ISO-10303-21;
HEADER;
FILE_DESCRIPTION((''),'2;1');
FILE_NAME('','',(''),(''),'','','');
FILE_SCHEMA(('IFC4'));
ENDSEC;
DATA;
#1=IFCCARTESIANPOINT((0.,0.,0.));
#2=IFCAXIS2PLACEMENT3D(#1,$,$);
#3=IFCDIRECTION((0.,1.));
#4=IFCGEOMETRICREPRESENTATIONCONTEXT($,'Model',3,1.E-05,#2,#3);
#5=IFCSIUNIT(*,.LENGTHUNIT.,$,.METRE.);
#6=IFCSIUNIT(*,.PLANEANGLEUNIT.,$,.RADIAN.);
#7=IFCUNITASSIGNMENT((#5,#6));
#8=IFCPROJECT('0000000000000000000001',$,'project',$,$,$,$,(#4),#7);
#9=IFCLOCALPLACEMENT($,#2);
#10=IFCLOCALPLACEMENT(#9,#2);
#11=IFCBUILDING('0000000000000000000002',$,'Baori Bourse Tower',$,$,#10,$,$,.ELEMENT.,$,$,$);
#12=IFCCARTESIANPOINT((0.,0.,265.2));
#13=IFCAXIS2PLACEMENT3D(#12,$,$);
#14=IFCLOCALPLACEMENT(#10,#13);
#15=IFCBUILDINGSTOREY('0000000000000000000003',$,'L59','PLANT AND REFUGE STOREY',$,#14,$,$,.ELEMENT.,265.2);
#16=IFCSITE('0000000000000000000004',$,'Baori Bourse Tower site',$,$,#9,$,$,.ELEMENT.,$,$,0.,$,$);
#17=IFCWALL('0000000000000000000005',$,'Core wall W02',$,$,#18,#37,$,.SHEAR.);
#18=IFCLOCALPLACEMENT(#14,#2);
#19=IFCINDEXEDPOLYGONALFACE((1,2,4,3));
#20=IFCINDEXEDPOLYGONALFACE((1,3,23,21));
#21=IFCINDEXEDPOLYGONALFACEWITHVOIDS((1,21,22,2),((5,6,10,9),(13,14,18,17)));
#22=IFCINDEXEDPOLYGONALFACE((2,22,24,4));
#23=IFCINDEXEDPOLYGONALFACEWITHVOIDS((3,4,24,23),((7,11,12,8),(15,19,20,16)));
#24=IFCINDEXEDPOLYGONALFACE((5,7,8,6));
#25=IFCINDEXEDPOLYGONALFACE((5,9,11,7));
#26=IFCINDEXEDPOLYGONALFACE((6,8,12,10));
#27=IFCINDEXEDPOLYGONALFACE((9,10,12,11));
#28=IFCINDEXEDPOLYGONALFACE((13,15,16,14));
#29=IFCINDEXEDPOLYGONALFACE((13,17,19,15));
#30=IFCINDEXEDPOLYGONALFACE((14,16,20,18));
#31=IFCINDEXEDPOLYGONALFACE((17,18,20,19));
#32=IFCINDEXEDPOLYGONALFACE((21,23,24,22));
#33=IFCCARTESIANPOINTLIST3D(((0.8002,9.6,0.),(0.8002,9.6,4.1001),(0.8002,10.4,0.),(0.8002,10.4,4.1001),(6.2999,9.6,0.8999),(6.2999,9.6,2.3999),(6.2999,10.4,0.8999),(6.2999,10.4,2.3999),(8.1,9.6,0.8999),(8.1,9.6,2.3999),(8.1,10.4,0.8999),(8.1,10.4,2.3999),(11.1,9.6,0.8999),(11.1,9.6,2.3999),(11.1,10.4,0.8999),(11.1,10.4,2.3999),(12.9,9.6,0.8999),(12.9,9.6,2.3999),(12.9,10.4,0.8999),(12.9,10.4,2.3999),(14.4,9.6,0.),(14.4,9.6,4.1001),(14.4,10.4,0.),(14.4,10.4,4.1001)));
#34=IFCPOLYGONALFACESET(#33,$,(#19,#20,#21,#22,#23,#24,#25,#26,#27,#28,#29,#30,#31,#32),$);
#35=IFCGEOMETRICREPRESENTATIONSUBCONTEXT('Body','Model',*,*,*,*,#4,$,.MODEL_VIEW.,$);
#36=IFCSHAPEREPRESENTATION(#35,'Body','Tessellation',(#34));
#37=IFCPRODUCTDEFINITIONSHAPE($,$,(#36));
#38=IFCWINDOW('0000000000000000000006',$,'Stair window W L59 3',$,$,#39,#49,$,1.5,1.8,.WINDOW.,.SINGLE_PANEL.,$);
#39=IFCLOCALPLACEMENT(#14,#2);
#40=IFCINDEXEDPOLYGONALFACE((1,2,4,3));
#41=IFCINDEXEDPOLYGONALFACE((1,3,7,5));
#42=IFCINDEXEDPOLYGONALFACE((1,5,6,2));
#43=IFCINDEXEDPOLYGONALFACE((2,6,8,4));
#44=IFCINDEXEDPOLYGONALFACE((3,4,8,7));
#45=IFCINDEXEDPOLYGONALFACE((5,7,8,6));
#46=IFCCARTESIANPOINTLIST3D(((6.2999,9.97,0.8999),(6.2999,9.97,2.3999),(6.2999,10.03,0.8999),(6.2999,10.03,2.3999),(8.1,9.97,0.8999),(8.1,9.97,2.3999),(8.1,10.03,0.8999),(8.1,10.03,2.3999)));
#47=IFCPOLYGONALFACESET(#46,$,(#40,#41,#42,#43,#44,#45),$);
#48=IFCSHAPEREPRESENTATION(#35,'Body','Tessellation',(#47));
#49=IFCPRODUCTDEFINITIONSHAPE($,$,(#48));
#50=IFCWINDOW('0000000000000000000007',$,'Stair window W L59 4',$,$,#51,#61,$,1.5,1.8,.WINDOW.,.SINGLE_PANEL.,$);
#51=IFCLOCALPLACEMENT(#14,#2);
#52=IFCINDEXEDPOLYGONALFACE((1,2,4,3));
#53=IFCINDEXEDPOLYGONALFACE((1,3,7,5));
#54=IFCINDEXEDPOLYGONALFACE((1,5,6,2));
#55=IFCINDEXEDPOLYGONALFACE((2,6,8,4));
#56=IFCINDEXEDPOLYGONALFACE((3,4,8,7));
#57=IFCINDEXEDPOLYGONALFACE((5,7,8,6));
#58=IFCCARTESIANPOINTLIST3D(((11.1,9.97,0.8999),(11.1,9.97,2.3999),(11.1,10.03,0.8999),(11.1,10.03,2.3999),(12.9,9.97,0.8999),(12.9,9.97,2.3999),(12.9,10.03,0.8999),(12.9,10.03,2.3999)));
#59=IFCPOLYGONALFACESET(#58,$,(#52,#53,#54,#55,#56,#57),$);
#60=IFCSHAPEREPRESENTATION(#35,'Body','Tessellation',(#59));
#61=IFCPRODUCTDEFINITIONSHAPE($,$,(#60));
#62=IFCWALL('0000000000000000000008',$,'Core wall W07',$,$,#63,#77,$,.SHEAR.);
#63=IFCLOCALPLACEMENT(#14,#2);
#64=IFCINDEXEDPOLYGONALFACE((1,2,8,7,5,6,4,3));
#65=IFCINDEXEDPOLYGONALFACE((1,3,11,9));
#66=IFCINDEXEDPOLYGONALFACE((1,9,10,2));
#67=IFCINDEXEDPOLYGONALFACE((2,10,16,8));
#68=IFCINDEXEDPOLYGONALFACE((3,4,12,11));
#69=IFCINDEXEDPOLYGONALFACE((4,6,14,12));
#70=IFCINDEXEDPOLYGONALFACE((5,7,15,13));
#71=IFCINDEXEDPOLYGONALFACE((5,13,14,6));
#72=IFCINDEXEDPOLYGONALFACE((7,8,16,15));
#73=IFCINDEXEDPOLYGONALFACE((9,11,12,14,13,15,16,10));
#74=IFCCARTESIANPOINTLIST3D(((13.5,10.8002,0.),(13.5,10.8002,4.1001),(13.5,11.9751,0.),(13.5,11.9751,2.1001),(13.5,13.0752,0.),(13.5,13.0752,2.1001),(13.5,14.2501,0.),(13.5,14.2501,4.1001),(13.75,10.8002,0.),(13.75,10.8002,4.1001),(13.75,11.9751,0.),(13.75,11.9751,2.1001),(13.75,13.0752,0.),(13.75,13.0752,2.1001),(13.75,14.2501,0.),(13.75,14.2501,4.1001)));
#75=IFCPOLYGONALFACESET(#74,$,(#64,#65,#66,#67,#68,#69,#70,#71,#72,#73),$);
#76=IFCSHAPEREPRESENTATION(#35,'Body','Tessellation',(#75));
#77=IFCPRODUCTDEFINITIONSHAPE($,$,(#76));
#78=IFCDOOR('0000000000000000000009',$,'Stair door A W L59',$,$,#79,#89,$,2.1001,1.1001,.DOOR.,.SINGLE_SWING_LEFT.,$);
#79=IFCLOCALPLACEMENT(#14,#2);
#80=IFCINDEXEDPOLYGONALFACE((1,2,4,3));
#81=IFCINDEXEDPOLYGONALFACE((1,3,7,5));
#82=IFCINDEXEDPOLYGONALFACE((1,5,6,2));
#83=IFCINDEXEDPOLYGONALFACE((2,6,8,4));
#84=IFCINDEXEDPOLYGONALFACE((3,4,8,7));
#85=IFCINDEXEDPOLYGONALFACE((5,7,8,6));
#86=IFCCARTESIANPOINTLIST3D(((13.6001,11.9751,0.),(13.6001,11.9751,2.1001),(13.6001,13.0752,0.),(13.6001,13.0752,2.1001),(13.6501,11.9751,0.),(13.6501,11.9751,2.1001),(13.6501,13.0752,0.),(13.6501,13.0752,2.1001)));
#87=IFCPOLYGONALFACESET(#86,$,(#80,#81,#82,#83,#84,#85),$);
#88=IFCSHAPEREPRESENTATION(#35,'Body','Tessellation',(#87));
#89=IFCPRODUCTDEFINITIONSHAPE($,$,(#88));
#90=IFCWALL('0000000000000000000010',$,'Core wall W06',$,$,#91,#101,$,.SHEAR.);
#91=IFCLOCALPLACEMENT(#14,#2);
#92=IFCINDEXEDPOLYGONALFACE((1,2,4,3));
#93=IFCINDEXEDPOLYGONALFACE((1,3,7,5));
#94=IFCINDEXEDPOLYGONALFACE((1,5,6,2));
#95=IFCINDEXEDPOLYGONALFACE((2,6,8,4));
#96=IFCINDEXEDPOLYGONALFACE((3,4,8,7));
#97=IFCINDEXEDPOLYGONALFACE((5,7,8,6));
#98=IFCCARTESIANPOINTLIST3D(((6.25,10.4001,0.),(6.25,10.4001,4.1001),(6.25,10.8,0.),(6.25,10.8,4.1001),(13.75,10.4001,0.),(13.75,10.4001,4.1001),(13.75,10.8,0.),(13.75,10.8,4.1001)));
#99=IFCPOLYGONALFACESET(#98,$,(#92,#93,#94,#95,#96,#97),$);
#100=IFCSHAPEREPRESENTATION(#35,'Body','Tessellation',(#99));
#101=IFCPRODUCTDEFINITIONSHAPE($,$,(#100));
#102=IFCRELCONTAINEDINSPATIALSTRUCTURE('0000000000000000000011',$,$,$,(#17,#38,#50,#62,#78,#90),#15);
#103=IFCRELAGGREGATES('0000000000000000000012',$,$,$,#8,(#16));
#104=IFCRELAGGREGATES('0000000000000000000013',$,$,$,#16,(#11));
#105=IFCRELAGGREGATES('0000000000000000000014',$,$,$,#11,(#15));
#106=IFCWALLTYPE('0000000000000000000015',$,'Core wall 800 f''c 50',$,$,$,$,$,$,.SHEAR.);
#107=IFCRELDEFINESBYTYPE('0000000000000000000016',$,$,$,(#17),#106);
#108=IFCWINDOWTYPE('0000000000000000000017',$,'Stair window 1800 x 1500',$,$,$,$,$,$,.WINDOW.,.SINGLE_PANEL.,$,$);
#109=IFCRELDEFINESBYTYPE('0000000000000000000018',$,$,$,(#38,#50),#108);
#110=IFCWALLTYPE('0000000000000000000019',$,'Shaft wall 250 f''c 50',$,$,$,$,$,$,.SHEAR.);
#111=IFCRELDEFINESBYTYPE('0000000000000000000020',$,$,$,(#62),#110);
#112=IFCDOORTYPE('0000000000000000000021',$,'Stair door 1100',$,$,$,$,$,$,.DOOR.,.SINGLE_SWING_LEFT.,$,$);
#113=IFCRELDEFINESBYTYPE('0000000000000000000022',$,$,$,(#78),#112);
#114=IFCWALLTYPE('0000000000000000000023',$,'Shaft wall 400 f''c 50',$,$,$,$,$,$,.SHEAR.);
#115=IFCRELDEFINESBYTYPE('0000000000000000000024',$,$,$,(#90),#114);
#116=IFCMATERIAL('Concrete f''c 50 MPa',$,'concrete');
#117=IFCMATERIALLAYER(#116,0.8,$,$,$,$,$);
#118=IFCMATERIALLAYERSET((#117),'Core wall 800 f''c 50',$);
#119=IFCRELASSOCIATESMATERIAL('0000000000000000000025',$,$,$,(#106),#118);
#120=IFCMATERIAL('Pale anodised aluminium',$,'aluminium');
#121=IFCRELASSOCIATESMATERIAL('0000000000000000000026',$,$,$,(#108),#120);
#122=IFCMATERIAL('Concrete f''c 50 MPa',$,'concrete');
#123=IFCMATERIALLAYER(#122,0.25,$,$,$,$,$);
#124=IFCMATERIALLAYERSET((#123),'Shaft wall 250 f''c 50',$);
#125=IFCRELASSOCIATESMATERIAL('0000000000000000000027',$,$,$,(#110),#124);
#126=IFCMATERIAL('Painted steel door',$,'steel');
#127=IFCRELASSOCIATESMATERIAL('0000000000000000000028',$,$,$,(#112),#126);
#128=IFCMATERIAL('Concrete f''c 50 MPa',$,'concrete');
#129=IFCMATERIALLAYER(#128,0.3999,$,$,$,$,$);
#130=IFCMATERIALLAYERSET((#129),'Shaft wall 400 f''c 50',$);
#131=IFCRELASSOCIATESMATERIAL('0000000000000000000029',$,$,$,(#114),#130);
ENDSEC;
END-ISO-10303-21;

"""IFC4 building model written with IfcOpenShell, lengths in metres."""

from ifc_helpers import new_model, si_unit, direction, frame, frame_2d, origin, place, context, subcontext, project, spatial, rectangle, extrude, material, layer, layer_set, type_object, element, fill, save


model = new_model("IFC4")

# Units and contexts
model_context = context("Model", 3, precision=1e-05, world=origin(), true_north=direction((0.0, 1.0)))
body_context = subcontext(model_context, "Body", "Model", "MODEL_VIEW")
ifc_project = project(units=[si_unit("LENGTHUNIT", "METRE"), si_unit("PLANEANGLEUNIT", "RADIAN")], contexts=[model_context])

# Site, building, storey
site_placement = place(None, origin())
site = spatial("IfcSite", under=ifc_project, at=site_placement, Name="Baori Bourse Tower site", CompositionType="ELEMENT", RefElevation=0.0)
building_placement = place(site_placement, origin())
building = spatial("IfcBuilding", under=site, at=building_placement, Name="Baori Bourse Tower", CompositionType="ELEMENT")
storey_placement = place(building_placement, frame((0.0, 0.0, 265.2)))
storey = spatial("IfcBuildingStorey", under=building, at=storey_placement, Name="L59", Description="PLANT AND REFUGE STOREY", CompositionType="ELEMENT", Elevation=265.2)

# Wall, openings, windows
ifc_material_1 = material(Name="Concrete f'c 50 MPa", Category="concrete")
ifc_layer_1 = layer(ifc_material_1, 0.8)
ifc_layer_set_1 = layer_set([ifc_layer_1], Name="Core wall 800 f'c 50")
wall_type_1 = type_object("IfcWallType", Name="Core wall 800 f'c 50", PredefinedType="SHEAR", material=ifc_layer_set_1)
wall_1_placement = place(storey_placement, frame((14.3999, 10.0, 0.0), z_axis=(0.0, 0.0, 1.0), x_axis=(-1.0, 0.0, 0.0)))
wall_1 = element("IfcWall", 1, at=wall_1_placement, inside=storey, type_object=wall_type_1, Name="Core wall W02", PredefinedType="SHEAR", context=body_context, shape_type="SweptSolid", body=[
    extrude(rectangle(XDim=13.5999, YDim=0.8, at=frame_2d((6.7998, 0.0))), origin(), (0.0, 0.0, 1.0), 4.1001),
])
opening_1_placement = place(wall_1_placement, frame((6.3, 0.0, 0.8999)))
opening_1 = element("IfcOpeningElement", 2, at=opening_1_placement, cuts=wall_1, PredefinedType="OPENING", context=body_context, shape_type="SweptSolid", body=[
    extrude(rectangle(XDim=1.8, YDim=1.5, at=frame_2d((0.8999, 0.75))), frame((0.0, 0.4099, 0.0), z_axis=(0.0, -1.0, 0.0), x_axis=(1.0, 0.0, 0.0)), (0.0, 0.0, 1.0), 0.8201),
])
opening_2_placement = place(wall_1_placement, frame((1.5, 0.0, 0.8999)))
opening_2 = element("IfcOpeningElement", 3, at=opening_2_placement, cuts=wall_1, PredefinedType="OPENING", context=body_context, shape_type="SweptSolid", body=[
    extrude(rectangle(XDim=1.8, YDim=1.5, at=frame_2d((0.8999, 0.75))), frame((0.0, 0.4099, 0.0), z_axis=(0.0, -1.0, 0.0), x_axis=(1.0, 0.0, 0.0)), (0.0, 0.0, 1.0), 0.8201),
])
ifc_material_2 = material(Name="Pale anodised aluminium", Category="aluminium")
window_type_1 = type_object("IfcWindowType", Name="Stair window 1800 x 1500", PartitioningType="SINGLE_PANEL", PredefinedType="WINDOW", material=ifc_material_2)
window_1_placement = place(opening_1_placement, origin())
window_1 = element("IfcWindow", 4, at=window_1_placement, inside=storey, type_object=window_type_1, Name="Stair window W L59 3", OverallHeight=1.5, OverallWidth=1.8, PartitioningType="SINGLE_PANEL", PredefinedType="WINDOW", context=body_context, shape_type="SweptSolid", body=[
    extrude(rectangle(XDim=1.8, YDim=1.5, at=frame_2d((0.8999, 0.75))), frame((0.0, 0.03, 0.0), z_axis=(0.0, -1.0, 0.0), x_axis=(1.0, 0.0, 0.0)), (0.0, 0.0, 1.0), 0.0601),
])
fill(opening_1, window_1)
window_2_placement = place(opening_2_placement, origin())
window_2 = element("IfcWindow", 5, at=window_2_placement, inside=storey, type_object=window_type_1, Name="Stair window W L59 4", OverallHeight=1.5, OverallWidth=1.8, PartitioningType="SINGLE_PANEL", PredefinedType="WINDOW", context=body_context, shape_type="SweptSolid", body=[
    extrude(rectangle(XDim=1.8, YDim=1.5, at=frame_2d((0.8999, 0.75))), frame((0.0, 0.03, 0.0), z_axis=(0.0, -1.0, 0.0), x_axis=(1.0, 0.0, 0.0)), (0.0, 0.0, 1.0), 0.0601),
])
fill(opening_2, window_2)

# Wall, opening, door
ifc_material_3 = material(Name="Concrete f'c 50 MPa", Category="concrete")
ifc_layer_2 = layer(ifc_material_3, 0.25)
ifc_layer_set_2 = layer_set([ifc_layer_2], Name="Shaft wall 250 f'c 50")
wall_type_2 = type_object("IfcWallType", Name="Shaft wall 250 f'c 50", PredefinedType="SHEAR", material=ifc_layer_set_2)
wall_2_placement = place(storey_placement, frame((13.625, 10.8, 0.0), z_axis=(0.0, 0.0, 1.0), x_axis=(0.0, 1.0, 0.0)))
wall_2 = element("IfcWall", 6, at=wall_2_placement, inside=storey, type_object=wall_type_2, Name="Core wall W07", PredefinedType="SHEAR", context=body_context, shape_type="SweptSolid", body=[
    extrude(rectangle(XDim=3.45, YDim=0.25, at=frame_2d((1.7251, 0.0))), origin(), (0.0, 0.0, 1.0), 4.1001),
])
opening_3_placement = place(wall_2_placement, frame((1.175, 0.0, 0.0)))
opening_3 = element("IfcOpeningElement", 7, at=opening_3_placement, cuts=wall_2, PredefinedType="OPENING", context=body_context, shape_type="SweptSolid", body=[
    extrude(rectangle(XDim=1.1001, YDim=2.1001, at=frame_2d((0.55, 1.05))), frame((0.0, 0.135, 0.0), z_axis=(0.0, -1.0, 0.0), x_axis=(1.0, 0.0, 0.0)), (0.0, 0.0, 1.0), 0.27),
])
ifc_material_4 = material(Name="Painted steel door", Category="steel")
door_type = type_object("IfcDoorType", Name="Stair door 1100", OperationType="SINGLE_SWING_LEFT", PredefinedType="DOOR", material=ifc_material_4)
door_placement = place(opening_3_placement, origin())
door = element("IfcDoor", 8, at=door_placement, inside=storey, type_object=door_type, Name="Stair door A W L59", OperationType="SINGLE_SWING_LEFT", OverallHeight=2.1001, OverallWidth=1.1001, PredefinedType="DOOR", context=body_context, shape_type="SweptSolid", body=[
    extrude(rectangle(XDim=1.1001, YDim=2.1001, at=frame_2d((0.55, 1.05))), frame((0.0, 0.0249, 0.0), z_axis=(0.0, -1.0, 0.0), x_axis=(1.0, 0.0, 0.0)), (0.0, 0.0, 1.0), 0.05),
])
fill(opening_3, door)

# Wall
ifc_material_5 = material(Name="Concrete f'c 50 MPa", Category="concrete")
ifc_layer_3 = layer(ifc_material_5, 0.3999)
ifc_layer_set_3 = layer_set([ifc_layer_3], Name="Shaft wall 400 f'c 50")
wall_type_3 = type_object("IfcWallType", Name="Shaft wall 400 f'c 50", PredefinedType="SHEAR", material=ifc_layer_set_3)
wall_3_placement = place(storey_placement, frame((6.25, 10.6001, 0.0), z_axis=(0.0, 0.0, 1.0), x_axis=(1.0, 0.0, 0.0)))
element("IfcWall", 9, at=wall_3_placement, inside=storey, type_object=wall_type_3, Name="Core wall W06", PredefinedType="SHEAR", context=body_context, shape_type="SweptSolid", body=[
    extrude(rectangle(XDim=7.5, YDim=0.3999, at=frame_2d((3.75, 0.0))), origin(), (0.0, 0.0, 1.0), 4.1001),
])

save(model, "model.ifc")
